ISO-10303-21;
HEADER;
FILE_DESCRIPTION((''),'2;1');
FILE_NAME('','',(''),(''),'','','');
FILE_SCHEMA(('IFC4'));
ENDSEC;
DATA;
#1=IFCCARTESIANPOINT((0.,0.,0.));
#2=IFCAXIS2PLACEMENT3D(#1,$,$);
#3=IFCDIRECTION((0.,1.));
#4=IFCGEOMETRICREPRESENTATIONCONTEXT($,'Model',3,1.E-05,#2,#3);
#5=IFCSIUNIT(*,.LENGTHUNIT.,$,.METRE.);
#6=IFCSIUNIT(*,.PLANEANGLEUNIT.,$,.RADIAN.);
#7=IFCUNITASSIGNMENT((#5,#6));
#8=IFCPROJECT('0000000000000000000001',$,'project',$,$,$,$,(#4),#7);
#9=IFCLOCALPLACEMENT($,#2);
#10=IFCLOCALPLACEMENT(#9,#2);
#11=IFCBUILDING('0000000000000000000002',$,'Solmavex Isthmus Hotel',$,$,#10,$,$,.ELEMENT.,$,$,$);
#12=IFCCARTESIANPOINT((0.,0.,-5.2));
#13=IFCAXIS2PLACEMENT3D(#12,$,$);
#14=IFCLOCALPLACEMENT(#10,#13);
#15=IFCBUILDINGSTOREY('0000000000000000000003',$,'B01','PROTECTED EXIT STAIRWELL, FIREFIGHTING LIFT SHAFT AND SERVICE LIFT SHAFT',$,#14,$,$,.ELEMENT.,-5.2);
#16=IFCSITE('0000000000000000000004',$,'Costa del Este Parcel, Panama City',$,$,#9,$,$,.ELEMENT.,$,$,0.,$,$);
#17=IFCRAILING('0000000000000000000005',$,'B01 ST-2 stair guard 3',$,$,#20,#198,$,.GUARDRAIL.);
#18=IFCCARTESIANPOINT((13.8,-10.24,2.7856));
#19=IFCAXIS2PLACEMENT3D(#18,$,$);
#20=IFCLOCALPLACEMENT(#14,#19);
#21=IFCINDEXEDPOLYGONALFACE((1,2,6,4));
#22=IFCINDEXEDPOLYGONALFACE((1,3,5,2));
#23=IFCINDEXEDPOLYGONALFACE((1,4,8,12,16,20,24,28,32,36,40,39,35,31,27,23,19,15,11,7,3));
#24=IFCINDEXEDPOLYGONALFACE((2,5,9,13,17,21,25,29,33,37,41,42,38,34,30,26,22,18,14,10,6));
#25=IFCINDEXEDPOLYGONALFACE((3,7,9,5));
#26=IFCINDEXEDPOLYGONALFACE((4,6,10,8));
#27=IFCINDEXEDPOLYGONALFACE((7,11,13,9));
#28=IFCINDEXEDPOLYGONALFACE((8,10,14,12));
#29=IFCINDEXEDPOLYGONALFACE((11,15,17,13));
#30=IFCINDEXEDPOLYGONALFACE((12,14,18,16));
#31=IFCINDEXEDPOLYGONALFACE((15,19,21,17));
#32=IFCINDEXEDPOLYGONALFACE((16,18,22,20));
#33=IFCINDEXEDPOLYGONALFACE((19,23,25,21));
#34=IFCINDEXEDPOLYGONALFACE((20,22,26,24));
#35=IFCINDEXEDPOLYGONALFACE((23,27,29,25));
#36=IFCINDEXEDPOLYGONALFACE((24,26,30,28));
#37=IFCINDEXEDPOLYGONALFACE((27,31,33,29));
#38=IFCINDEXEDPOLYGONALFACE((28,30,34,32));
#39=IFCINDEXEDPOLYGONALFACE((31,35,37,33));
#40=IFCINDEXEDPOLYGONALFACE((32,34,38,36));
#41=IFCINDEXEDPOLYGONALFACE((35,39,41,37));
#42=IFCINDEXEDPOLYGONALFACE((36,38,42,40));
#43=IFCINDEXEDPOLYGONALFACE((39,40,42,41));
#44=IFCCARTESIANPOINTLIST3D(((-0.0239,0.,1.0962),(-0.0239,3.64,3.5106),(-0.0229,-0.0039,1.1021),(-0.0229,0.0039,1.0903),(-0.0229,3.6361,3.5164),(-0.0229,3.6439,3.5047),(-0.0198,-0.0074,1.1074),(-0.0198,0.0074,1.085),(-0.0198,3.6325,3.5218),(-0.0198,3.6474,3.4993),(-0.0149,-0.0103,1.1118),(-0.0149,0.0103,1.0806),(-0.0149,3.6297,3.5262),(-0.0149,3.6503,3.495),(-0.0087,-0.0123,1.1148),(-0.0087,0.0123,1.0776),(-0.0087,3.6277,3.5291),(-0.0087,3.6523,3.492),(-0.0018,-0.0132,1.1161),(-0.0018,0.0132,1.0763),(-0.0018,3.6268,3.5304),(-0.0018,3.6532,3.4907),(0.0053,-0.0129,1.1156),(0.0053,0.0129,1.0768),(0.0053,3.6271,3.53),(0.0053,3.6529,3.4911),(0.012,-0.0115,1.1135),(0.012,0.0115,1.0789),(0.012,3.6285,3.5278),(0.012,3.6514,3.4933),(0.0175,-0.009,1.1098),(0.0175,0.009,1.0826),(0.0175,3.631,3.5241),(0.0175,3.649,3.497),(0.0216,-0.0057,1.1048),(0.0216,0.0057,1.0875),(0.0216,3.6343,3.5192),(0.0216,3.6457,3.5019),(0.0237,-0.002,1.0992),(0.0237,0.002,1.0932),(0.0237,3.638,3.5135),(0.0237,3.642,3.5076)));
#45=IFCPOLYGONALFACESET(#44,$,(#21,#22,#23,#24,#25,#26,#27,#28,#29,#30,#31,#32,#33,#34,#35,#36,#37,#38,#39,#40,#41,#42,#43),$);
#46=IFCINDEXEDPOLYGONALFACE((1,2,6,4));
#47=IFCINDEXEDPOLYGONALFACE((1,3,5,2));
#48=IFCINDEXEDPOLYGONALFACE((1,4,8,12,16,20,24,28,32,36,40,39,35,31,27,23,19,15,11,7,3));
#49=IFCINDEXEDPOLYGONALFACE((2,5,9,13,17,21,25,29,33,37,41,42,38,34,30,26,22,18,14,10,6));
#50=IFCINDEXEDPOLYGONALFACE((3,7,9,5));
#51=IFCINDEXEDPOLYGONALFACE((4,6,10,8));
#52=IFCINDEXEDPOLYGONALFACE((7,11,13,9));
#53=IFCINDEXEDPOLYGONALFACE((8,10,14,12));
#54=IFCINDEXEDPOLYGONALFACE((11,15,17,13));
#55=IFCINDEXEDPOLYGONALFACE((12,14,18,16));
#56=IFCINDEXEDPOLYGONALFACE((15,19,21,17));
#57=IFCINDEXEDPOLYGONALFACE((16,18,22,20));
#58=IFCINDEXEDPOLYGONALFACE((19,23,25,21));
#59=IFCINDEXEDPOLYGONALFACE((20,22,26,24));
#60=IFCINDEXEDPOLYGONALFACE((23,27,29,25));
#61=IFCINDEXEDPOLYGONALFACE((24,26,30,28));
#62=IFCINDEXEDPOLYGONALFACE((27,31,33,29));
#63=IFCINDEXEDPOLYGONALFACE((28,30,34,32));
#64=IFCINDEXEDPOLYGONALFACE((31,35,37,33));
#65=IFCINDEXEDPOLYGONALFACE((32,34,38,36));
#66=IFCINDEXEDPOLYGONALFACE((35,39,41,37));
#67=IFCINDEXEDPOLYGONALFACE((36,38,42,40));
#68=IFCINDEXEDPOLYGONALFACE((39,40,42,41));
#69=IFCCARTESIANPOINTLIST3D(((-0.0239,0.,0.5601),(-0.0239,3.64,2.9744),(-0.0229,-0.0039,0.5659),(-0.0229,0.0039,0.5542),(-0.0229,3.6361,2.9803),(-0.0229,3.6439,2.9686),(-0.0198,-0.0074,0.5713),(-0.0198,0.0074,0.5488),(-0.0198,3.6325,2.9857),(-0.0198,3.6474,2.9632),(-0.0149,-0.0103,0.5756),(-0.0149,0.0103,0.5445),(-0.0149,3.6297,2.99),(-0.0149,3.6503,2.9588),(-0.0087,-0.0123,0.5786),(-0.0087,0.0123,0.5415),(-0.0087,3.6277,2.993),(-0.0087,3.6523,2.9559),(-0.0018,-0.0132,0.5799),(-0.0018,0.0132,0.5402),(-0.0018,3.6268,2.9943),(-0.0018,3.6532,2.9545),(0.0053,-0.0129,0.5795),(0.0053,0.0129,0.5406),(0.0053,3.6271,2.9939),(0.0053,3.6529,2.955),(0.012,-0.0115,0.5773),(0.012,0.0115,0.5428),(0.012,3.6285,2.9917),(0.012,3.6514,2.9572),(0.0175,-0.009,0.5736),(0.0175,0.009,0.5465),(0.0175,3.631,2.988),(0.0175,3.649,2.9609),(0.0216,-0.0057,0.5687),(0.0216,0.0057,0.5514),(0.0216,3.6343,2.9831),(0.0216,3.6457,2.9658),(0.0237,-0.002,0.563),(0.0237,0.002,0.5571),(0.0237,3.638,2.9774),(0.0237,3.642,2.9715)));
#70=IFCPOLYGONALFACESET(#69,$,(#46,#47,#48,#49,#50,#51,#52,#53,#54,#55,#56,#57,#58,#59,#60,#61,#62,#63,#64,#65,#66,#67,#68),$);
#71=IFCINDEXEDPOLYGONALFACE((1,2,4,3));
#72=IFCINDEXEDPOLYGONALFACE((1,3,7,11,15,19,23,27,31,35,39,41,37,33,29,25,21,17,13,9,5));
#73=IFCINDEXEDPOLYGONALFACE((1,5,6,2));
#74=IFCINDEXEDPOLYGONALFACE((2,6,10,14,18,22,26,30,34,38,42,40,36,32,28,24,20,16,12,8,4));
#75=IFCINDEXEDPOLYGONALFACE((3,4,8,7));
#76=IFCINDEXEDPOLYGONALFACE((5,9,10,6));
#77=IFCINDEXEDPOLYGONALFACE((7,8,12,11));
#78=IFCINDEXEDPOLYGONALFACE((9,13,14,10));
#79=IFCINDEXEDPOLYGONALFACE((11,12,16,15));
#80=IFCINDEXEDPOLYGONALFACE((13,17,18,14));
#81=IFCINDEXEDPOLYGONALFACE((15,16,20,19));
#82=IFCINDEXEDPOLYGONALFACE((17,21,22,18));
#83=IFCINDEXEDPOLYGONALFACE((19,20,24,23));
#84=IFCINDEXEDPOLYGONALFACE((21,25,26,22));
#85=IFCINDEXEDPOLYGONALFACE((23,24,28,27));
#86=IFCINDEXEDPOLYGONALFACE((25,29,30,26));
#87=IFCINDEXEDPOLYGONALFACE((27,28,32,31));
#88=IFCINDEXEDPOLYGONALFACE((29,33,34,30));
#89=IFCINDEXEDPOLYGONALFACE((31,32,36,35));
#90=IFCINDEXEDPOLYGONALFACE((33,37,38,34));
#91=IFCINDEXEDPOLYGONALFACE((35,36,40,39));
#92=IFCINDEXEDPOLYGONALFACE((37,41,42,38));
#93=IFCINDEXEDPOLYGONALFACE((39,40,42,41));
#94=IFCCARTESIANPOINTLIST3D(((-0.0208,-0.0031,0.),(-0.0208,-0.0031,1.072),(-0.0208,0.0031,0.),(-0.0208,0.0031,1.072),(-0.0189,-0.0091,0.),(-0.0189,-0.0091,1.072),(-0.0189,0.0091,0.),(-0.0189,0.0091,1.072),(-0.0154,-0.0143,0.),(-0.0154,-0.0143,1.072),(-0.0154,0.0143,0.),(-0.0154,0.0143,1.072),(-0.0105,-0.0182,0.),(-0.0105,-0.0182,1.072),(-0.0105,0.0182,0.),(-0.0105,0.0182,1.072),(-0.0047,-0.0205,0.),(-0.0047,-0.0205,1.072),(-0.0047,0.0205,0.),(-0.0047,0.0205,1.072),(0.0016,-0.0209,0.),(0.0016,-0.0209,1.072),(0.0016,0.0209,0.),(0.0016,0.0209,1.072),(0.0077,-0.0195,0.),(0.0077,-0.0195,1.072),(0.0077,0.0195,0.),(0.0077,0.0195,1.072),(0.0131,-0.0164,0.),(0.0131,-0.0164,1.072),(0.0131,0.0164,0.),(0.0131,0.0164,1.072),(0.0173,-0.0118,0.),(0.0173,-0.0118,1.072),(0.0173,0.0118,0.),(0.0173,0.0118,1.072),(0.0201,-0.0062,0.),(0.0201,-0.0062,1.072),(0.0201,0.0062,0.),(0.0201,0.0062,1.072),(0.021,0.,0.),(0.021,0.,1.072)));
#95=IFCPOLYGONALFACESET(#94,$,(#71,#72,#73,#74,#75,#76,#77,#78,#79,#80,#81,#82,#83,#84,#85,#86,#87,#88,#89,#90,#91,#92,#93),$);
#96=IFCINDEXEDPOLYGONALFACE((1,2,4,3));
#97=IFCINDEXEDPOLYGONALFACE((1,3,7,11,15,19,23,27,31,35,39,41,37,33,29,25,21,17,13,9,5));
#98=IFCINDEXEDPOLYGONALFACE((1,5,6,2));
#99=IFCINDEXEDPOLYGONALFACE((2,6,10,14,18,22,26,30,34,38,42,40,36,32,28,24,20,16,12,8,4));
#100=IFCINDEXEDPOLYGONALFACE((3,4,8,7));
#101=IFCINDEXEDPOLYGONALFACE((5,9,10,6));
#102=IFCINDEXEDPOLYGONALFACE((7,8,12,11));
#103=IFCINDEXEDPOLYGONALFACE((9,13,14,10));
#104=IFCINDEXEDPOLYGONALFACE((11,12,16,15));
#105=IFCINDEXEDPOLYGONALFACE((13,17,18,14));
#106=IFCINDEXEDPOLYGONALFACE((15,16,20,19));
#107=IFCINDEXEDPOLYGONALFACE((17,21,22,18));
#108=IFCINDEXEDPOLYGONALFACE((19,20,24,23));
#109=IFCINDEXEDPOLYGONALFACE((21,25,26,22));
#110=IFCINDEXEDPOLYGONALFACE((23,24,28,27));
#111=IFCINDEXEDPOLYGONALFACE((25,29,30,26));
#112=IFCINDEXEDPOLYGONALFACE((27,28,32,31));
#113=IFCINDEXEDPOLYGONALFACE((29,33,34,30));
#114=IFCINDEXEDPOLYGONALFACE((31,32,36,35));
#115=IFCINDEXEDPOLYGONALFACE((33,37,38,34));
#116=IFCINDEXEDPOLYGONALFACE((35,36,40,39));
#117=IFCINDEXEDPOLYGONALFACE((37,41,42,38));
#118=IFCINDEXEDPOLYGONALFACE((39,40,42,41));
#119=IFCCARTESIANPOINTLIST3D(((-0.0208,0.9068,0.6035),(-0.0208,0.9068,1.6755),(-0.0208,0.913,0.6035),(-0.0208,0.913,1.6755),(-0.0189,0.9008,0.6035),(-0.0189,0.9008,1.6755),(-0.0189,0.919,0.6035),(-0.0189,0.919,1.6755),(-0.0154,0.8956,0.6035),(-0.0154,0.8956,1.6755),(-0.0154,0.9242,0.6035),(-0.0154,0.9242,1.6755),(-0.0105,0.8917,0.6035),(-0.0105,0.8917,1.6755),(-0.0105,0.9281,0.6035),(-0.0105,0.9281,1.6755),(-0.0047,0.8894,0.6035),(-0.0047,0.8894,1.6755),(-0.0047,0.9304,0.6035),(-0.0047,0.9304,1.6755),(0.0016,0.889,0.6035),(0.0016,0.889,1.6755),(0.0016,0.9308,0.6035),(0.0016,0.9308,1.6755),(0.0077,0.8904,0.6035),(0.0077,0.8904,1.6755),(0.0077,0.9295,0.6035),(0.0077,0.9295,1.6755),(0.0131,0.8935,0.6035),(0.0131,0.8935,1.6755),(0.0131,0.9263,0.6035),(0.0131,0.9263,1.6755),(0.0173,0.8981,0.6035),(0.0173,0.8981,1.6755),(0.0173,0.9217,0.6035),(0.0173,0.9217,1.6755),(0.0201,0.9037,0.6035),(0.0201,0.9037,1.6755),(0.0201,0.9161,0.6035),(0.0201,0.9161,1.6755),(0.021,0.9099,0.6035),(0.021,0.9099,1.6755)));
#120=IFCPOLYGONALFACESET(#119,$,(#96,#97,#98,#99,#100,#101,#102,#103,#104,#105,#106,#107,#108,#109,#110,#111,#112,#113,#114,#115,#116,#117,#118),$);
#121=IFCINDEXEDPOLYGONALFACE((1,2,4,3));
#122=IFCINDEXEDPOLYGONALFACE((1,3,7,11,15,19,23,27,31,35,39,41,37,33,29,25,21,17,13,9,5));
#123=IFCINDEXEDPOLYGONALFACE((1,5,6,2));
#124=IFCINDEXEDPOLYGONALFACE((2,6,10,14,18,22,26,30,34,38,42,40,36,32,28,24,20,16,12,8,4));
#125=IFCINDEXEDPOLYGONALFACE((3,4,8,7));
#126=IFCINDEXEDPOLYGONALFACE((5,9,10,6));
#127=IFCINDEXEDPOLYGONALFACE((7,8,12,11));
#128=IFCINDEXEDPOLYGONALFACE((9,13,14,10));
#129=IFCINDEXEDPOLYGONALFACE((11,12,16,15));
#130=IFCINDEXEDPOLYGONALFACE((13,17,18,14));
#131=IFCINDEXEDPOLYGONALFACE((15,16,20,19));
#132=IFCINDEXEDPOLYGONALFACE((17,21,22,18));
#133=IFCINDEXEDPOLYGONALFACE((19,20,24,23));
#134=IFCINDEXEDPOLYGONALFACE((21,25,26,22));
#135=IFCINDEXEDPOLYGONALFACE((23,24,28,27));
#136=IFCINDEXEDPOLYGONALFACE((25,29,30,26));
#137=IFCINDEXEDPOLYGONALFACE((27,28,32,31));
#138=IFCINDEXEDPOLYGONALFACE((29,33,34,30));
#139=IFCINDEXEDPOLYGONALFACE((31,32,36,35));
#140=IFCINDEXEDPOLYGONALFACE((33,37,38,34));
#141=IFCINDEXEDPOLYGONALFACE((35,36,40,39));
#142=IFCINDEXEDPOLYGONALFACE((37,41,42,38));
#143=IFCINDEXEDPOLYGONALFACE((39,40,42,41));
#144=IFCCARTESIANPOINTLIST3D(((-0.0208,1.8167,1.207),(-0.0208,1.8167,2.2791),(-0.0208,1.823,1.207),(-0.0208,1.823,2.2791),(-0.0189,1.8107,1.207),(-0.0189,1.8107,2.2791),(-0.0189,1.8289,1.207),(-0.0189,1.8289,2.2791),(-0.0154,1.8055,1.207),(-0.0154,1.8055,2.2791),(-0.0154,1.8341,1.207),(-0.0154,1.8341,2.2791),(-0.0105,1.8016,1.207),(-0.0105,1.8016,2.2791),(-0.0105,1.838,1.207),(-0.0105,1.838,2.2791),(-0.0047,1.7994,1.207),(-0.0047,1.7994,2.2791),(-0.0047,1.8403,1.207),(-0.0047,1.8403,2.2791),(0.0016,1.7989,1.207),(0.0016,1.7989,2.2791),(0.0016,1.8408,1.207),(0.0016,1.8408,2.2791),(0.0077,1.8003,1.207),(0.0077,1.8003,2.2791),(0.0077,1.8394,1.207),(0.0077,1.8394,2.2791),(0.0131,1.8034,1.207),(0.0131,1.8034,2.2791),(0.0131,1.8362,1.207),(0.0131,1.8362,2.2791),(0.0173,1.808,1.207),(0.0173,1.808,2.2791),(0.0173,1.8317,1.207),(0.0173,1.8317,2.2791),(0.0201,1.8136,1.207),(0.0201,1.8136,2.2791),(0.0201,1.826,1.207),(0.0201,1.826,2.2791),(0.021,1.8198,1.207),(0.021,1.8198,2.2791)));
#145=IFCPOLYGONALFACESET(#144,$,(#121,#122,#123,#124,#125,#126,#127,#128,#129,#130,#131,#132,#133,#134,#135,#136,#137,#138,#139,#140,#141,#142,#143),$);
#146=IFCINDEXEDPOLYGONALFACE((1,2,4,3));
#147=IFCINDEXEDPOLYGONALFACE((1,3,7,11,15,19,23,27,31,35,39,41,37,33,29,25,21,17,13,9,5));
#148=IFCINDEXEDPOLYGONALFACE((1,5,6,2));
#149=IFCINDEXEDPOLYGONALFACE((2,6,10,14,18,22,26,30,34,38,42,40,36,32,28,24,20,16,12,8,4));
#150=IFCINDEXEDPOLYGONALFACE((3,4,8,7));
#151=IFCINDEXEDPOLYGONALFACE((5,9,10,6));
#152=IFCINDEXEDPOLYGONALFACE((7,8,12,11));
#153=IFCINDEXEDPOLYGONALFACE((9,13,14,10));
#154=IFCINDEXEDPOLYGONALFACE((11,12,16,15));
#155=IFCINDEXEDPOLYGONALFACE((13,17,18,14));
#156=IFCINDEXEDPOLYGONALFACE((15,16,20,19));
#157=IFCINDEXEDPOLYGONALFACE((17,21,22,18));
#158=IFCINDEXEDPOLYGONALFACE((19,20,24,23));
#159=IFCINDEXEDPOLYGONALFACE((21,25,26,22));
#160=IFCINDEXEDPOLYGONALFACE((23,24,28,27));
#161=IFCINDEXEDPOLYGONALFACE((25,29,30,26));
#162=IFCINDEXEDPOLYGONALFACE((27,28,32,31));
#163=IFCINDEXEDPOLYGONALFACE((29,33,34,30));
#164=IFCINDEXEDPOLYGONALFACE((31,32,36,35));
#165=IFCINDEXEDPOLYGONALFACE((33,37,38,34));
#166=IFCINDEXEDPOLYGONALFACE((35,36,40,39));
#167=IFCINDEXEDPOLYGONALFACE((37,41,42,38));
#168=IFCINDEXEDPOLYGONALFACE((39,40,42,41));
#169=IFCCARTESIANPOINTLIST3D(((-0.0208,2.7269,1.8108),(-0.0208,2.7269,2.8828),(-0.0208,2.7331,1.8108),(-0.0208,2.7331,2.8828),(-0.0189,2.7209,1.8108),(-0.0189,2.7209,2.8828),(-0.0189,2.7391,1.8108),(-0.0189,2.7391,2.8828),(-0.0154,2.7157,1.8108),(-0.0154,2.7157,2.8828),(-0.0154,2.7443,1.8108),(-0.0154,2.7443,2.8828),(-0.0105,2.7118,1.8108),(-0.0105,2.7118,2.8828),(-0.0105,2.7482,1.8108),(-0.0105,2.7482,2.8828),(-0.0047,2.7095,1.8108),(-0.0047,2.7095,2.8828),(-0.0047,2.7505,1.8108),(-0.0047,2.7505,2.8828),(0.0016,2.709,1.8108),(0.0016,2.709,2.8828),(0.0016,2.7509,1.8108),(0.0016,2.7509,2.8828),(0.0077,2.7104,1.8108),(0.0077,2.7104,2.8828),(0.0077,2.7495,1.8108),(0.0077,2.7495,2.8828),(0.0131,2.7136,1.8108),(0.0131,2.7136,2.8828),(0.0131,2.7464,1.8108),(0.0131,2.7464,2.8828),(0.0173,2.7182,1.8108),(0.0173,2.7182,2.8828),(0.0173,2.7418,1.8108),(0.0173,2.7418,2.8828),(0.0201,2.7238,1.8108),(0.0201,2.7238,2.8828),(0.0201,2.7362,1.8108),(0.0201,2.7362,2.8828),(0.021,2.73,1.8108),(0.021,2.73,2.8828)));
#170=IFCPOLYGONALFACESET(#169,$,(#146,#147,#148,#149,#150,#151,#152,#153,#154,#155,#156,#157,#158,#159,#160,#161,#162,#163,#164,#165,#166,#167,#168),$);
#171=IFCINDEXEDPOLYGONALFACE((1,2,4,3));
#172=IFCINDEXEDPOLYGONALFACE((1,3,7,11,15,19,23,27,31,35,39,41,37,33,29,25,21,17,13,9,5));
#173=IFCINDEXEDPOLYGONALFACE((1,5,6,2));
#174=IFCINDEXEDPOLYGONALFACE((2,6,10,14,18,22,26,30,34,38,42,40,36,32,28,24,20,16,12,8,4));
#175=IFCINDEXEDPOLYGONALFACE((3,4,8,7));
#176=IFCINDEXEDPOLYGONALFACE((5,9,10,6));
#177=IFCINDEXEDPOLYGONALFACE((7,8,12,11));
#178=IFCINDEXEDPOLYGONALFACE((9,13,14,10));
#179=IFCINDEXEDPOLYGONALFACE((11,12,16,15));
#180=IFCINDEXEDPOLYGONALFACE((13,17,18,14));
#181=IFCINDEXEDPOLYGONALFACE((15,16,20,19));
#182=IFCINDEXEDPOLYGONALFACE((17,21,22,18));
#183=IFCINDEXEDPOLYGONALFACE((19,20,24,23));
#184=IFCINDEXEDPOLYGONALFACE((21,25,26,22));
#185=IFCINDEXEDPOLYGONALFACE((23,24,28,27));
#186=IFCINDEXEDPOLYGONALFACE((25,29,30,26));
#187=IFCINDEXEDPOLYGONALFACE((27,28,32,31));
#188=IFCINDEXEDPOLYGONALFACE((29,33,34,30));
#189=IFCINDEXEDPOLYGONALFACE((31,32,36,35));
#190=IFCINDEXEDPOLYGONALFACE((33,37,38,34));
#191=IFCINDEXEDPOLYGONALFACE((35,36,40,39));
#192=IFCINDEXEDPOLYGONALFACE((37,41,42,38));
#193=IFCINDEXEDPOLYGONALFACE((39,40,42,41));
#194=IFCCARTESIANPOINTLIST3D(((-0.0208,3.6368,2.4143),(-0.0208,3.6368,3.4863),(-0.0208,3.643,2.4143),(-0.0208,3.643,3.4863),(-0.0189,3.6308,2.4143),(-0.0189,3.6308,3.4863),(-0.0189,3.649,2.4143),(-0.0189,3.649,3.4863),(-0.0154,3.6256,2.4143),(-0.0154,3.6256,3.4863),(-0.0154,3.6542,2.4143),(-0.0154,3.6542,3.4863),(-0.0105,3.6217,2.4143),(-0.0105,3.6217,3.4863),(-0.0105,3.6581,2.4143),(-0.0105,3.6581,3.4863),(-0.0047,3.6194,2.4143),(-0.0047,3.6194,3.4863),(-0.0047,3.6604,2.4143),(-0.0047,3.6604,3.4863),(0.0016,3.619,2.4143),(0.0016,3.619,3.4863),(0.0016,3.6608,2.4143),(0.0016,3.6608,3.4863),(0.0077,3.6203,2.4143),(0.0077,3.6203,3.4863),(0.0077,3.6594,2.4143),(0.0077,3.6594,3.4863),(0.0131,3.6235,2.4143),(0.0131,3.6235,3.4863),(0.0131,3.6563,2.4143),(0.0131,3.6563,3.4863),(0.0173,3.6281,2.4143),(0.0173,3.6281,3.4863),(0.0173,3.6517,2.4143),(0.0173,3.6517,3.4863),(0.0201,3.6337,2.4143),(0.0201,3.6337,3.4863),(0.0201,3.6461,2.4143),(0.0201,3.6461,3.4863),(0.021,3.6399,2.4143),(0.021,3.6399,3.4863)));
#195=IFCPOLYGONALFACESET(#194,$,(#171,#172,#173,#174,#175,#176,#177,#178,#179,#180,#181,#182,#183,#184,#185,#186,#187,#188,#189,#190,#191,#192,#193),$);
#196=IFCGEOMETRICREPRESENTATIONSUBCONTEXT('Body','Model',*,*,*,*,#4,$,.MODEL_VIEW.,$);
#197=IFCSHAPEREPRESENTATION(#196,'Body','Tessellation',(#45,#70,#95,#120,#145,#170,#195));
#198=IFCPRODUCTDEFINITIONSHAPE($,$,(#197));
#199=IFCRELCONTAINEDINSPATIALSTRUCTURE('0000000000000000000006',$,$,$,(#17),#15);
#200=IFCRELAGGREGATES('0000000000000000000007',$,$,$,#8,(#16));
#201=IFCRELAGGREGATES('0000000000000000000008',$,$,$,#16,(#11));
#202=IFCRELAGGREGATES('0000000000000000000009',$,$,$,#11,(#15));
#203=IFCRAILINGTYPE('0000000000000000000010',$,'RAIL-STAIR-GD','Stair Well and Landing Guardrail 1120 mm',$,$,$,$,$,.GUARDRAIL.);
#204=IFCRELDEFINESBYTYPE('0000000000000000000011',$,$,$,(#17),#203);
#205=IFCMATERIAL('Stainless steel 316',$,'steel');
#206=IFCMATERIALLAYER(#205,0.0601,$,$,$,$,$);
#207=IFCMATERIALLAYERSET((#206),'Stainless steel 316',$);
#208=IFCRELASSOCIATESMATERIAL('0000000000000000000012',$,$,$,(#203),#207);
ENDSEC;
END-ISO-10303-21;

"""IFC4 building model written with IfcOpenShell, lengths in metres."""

from ifc_helpers import new_model, si_unit, direction, frame, origin, origin_2d, place, context, subcontext, project, spatial, circle, extrude, material, layer, layer_set, type_object, element, save


model = new_model("IFC4")

# Units and contexts
model_context = context("Model", 3, precision=1e-05, world=origin(), true_north=direction((0.0, 1.0)))
body_context = subcontext(model_context, "Body", "Model", "MODEL_VIEW")
ifc_project = project(units=[si_unit("LENGTHUNIT", "METRE"), si_unit("PLANEANGLEUNIT", "RADIAN")], contexts=[model_context])

# Site, building, storey
site_placement = place(None, origin())
site = spatial("IfcSite", under=ifc_project, at=site_placement, Name="Costa del Este Parcel, Panama City", CompositionType="ELEMENT", RefElevation=0.0)
building_placement = place(site_placement, origin())
building = spatial("IfcBuilding", under=site, at=building_placement, Name="Solmavex Isthmus Hotel", CompositionType="ELEMENT")
storey_placement = place(building_placement, frame((0.0, 0.0, -5.2)))
storey = spatial("IfcBuildingStorey", under=building, at=storey_placement, Name="B01", Description="PROTECTED EXIT STAIRWELL, FIREFIGHTING LIFT SHAFT AND SERVICE LIFT SHAFT", CompositionType="ELEMENT", Elevation=-5.2)

# Shared definitions
ifc_material_1 = material(Name="Stainless steel 316", Category="steel")

# Railing
ifc_layer_1 = layer(ifc_material_1, 0.0601)
ifc_layer_set_1 = layer_set([ifc_layer_1], Name="Stainless steel 316")
railing_type_1 = type_object("IfcRailingType", Name="RAIL-STAIR-GD", Description="Stair Well and Landing Guardrail 1120 mm", PredefinedType="GUARDRAIL", material=ifc_layer_set_1)
railing_1_placement = place(storey_placement, frame((13.8, -10.24, 2.7856)))
element("IfcRailing", 1, at=railing_1_placement, inside=storey, type_object=railing_type_1, Name="B01 ST-2 stair guard 3", PredefinedType="GUARDRAIL", context=body_context, shape_type="SweptSolid", body=[
    extrude(circle(Radius=0.0239, at=origin_2d()), frame((0.0, 0.0, 1.0962), z_axis=(0.0, 0.833347, 0.552751), x_axis=(-1.0, 0.0, 0.0)), (0.0, 0.0, 1.0), 4.3679),
    extrude(circle(Radius=0.0239, at=origin_2d()), frame((0.0, 0.0, 0.5601), z_axis=(0.0, 0.833347, 0.552751), x_axis=(-1.0, 0.0, 0.0)), (0.0, 0.0, 1.0), 4.3679),
    extrude(circle(Radius=0.021, at=origin_2d()), origin(), (0.0, 0.0, 1.0), 1.072),
    extrude(circle(Radius=0.021, at=origin_2d()), frame((0.0, 0.9099, 0.6035)), (0.0, 0.0, 1.0), 1.072),
    extrude(circle(Radius=0.021, at=origin_2d()), frame((0.0, 1.8198, 1.207)), (0.0, 0.0, 1.0), 1.072),
    extrude(circle(Radius=0.021, at=origin_2d()), frame((0.0, 2.73, 1.8108)), (0.0, 0.0, 1.0), 1.072),
    extrude(circle(Radius=0.021, at=origin_2d()), frame((0.0, 3.6399, 2.4143)), (0.0, 0.0, 1.0), 1.072),
])

save(model, "model.ifc")
